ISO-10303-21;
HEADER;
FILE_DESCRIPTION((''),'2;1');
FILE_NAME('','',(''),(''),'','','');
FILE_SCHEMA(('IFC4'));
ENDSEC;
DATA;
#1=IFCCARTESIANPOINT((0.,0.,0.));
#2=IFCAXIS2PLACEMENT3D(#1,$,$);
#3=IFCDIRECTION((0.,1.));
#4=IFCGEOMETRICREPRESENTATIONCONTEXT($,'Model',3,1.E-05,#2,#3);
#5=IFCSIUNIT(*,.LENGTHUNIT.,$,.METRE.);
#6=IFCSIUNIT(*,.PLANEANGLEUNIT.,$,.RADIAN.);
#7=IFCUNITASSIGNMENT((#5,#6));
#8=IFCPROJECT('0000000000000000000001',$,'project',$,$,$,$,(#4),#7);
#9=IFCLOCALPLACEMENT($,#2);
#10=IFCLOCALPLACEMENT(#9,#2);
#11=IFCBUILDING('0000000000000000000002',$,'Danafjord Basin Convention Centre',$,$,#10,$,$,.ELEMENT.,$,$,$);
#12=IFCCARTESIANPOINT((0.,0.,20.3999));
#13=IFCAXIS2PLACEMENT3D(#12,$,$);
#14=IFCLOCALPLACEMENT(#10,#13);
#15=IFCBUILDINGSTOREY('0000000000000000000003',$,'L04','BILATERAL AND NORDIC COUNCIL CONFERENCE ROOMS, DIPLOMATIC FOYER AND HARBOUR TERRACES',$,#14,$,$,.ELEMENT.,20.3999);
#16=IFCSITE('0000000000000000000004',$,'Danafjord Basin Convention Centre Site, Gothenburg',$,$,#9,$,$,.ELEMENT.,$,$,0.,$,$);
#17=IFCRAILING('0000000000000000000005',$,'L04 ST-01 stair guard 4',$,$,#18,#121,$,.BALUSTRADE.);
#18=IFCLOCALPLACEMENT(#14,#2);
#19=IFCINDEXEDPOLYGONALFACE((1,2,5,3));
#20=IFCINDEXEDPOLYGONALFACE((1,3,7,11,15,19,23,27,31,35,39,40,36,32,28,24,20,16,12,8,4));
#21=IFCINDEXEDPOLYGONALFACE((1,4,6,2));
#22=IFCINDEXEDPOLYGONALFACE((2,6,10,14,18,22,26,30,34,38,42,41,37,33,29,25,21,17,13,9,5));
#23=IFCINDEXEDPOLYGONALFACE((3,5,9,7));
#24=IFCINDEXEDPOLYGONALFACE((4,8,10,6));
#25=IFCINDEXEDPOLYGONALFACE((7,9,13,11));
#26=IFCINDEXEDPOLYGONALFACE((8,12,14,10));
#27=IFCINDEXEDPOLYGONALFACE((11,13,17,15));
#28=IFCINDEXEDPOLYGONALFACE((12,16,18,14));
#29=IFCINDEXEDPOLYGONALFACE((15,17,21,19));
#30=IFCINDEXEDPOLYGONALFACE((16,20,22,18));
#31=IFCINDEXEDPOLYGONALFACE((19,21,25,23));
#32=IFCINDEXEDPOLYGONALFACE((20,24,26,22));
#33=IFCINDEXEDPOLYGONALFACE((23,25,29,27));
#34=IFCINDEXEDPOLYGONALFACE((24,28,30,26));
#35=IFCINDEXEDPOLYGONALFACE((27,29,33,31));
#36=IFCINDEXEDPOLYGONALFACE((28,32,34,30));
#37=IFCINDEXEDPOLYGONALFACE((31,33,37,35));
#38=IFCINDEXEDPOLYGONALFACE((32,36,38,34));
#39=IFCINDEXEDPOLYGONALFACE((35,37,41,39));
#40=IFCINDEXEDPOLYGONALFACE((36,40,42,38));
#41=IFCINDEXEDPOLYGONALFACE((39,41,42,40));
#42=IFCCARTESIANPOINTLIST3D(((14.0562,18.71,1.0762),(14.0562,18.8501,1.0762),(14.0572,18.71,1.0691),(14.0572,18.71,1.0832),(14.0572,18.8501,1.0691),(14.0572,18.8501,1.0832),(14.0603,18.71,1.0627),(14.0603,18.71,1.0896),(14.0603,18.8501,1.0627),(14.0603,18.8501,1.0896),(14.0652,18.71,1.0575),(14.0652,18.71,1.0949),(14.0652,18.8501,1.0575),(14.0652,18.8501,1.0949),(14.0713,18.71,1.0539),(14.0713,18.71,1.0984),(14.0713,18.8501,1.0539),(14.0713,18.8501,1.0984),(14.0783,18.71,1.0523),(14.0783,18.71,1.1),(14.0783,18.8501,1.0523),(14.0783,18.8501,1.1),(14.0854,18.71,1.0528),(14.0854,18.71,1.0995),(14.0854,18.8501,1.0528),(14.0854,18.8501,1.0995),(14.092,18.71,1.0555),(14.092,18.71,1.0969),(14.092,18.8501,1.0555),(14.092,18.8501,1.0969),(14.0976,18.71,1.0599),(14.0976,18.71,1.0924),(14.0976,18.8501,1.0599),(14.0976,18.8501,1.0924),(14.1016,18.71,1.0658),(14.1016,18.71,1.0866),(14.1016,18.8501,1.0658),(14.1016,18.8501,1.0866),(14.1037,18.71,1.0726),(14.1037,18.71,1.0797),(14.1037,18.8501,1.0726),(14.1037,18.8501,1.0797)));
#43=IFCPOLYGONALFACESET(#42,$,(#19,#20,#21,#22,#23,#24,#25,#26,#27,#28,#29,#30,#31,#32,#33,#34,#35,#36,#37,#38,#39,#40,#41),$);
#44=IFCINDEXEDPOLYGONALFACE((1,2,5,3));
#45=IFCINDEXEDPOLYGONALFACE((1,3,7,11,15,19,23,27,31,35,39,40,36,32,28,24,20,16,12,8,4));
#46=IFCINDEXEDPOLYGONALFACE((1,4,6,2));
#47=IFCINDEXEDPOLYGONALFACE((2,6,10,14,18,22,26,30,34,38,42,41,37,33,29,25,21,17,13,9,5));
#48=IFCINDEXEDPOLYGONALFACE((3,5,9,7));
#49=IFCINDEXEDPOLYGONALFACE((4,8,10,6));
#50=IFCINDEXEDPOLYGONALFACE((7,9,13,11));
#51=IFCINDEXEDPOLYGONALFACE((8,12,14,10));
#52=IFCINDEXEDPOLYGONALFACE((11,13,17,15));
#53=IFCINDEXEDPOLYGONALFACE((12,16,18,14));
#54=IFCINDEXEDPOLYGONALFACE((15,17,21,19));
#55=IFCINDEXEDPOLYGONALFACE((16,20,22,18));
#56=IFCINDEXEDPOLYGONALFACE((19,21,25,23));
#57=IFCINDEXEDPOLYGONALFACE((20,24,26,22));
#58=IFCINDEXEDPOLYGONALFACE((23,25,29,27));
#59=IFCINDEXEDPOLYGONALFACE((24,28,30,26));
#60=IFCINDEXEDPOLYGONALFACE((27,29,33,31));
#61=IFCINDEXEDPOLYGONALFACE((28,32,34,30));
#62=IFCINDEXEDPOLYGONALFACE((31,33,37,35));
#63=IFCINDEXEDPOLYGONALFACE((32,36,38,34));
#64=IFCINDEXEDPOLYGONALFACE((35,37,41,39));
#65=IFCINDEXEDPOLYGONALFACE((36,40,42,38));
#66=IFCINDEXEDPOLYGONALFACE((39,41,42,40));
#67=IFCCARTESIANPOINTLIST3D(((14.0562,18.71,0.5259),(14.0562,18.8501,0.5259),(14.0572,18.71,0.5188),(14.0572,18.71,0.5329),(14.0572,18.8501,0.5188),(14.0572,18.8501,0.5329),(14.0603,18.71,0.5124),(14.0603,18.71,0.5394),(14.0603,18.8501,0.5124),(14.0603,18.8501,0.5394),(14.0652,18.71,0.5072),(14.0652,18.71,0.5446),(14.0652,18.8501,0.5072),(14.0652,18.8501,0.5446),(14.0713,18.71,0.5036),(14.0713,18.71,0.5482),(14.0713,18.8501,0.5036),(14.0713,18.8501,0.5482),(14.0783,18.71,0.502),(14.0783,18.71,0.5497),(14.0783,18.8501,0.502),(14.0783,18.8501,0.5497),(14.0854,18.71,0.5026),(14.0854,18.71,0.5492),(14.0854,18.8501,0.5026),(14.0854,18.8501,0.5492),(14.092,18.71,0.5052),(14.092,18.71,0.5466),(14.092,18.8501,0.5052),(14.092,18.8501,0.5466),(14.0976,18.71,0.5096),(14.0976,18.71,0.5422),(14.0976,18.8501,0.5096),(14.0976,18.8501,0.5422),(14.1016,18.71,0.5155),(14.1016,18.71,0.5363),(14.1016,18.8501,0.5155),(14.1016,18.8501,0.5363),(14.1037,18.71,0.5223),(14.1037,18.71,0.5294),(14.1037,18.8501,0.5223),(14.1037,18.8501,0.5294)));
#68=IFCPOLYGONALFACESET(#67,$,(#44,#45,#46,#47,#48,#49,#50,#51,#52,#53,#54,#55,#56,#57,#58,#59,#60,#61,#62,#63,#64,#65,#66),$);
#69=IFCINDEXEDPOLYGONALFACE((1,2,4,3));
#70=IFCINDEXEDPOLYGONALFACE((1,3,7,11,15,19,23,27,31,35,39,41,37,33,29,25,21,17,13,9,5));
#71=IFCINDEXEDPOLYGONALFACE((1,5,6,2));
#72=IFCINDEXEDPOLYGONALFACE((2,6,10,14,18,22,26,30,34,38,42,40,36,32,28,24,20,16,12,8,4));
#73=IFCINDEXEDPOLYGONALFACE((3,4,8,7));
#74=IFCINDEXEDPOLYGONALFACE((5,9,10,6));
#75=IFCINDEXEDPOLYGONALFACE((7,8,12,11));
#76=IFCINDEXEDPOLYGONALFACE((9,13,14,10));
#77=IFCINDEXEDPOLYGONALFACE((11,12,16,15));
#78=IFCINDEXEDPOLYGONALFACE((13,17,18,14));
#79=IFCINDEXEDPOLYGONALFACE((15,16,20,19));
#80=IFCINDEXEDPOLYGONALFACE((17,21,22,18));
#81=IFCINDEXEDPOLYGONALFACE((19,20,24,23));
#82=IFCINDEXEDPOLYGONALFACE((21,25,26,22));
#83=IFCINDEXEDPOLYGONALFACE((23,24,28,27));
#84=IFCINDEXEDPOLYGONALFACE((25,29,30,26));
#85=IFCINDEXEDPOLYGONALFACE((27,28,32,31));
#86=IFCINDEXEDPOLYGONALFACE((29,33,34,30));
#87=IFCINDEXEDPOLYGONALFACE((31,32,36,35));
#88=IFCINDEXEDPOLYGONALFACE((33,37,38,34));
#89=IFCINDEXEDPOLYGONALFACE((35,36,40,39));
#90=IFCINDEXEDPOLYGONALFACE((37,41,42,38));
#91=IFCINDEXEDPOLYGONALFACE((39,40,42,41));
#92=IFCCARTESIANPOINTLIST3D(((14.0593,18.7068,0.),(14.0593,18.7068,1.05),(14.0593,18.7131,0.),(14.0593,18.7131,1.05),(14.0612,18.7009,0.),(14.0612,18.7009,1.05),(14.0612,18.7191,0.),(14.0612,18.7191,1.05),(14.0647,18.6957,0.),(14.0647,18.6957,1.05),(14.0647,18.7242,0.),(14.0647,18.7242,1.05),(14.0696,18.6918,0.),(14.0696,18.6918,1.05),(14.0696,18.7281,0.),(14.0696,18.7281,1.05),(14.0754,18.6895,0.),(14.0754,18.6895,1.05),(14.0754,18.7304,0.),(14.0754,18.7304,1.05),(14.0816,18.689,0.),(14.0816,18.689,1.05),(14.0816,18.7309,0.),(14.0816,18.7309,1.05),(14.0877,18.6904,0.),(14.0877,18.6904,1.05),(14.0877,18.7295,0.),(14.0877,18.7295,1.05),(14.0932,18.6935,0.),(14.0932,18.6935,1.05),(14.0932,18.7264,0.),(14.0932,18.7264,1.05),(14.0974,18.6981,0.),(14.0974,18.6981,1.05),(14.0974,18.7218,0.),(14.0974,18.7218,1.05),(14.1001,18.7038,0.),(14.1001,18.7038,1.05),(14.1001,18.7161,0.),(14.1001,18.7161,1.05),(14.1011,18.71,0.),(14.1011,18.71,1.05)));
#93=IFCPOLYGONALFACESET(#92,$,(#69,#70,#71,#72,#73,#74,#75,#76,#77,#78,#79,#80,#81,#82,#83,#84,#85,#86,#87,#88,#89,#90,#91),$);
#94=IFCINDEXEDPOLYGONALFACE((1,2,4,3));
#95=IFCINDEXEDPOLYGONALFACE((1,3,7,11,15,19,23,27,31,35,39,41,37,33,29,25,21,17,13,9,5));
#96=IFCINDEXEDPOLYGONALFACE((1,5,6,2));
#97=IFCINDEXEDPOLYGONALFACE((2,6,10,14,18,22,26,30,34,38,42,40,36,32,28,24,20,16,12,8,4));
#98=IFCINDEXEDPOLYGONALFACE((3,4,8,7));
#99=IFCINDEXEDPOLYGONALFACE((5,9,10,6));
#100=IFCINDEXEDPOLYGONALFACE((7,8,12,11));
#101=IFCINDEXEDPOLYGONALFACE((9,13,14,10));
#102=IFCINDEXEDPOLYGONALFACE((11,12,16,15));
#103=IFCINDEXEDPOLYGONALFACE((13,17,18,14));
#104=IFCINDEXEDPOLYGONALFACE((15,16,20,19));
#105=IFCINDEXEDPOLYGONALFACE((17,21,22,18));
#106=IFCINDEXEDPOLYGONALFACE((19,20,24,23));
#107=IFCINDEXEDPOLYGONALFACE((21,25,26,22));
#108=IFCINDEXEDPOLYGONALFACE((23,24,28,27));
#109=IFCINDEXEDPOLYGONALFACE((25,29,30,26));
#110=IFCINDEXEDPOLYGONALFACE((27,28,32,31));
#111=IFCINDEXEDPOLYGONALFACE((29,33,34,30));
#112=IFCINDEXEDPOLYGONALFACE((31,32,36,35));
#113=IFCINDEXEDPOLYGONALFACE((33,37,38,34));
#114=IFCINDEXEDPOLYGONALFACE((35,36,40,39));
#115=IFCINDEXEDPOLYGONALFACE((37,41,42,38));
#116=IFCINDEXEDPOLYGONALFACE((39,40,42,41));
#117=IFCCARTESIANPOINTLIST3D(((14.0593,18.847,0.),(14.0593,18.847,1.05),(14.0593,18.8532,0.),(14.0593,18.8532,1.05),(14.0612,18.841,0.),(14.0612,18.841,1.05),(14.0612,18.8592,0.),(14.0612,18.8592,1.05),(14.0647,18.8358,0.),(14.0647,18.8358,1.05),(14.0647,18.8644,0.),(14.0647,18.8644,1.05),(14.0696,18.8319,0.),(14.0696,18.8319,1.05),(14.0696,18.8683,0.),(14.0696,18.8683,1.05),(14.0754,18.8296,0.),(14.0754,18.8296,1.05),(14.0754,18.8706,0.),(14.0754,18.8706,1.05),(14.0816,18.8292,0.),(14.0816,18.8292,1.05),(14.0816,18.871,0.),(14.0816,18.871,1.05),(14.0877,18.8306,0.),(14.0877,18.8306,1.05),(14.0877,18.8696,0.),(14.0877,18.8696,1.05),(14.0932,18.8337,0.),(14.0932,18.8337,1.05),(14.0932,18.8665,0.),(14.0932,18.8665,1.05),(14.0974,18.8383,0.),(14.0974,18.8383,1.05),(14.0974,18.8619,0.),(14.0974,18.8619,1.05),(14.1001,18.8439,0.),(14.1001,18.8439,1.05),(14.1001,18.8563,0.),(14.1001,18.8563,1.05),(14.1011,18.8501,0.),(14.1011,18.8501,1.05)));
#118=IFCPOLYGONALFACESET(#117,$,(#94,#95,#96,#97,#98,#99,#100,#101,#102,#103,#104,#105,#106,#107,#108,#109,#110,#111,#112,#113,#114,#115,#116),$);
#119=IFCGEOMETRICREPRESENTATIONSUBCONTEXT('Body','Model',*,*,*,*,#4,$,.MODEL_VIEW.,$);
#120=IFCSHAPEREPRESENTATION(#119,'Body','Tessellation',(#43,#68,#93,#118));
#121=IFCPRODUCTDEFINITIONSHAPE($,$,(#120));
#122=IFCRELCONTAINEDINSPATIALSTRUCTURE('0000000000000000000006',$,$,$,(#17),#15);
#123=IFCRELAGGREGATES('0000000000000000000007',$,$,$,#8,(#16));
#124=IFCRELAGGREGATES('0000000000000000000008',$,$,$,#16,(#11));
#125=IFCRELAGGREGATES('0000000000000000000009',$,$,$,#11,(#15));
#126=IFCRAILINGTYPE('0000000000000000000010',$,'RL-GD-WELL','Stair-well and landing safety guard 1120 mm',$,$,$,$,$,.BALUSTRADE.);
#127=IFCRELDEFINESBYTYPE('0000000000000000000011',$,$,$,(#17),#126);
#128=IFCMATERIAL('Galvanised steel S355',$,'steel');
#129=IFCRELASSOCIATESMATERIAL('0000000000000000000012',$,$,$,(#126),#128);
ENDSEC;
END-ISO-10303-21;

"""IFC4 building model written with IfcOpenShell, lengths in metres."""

from ifc_helpers import new_model, si_unit, direction, frame, origin, origin_2d, place, context, subcontext, project, spatial, circle, extrude, material, type_object, element, save


model = new_model("IFC4")

# Units and contexts
model_context = context("Model", 3, precision=1e-05, world=origin(), true_north=direction((0.0, 1.0)))
body_context = subcontext(model_context, "Body", "Model", "MODEL_VIEW")
ifc_project = project(units=[si_unit("LENGTHUNIT", "METRE"), si_unit("PLANEANGLEUNIT", "RADIAN")], contexts=[model_context])

# Site, building, storey
site_placement = place(None, origin())
site = spatial("IfcSite", under=ifc_project, at=site_placement, Name="Danafjord Basin Convention Centre Site, Gothenburg", CompositionType="ELEMENT", RefElevation=0.0)
building_placement = place(site_placement, origin())
building = spatial("IfcBuilding", under=site, at=building_placement, Name="Danafjord Basin Convention Centre", CompositionType="ELEMENT")
storey_placement = place(building_placement, frame((0.0, 0.0, 20.3999)))
storey = spatial("IfcBuildingStorey", under=building, at=storey_placement, Name="L04", Description="BILATERAL AND NORDIC COUNCIL CONFERENCE ROOMS, DIPLOMATIC FOYER AND HARBOUR TERRACES", CompositionType="ELEMENT", Elevation=20.3999)

# Railing
ifc_material_1 = material(Name="Galvanised steel S355", Category="steel")
railing_type_1 = type_object("IfcRailingType", Name="RL-GD-WELL", Description="Stair-well and landing safety guard 1120 mm", PredefinedType="BALUSTRADE", material=ifc_material_1)
railing_1_placement = place(storey_placement, frame((14.0801, 18.71, 0.0)))
element("IfcRailing", 1, at=railing_1_placement, inside=storey, type_object=railing_type_1, Name="L04 ST-01 stair guard 4", PredefinedType="BALUSTRADE", context=body_context, shape_type="SweptSolid", body=[
    extrude(circle(Radius=0.0239, at=origin_2d()), frame((0.0, 0.0, 1.0762), z_axis=(0.0, 1.0, 0.0), x_axis=(-1.0, 0.0, 0.0)), (0.0, 0.0, 1.0), 0.1401),
    extrude(circle(Radius=0.0239, at=origin_2d()), frame((0.0, 0.0, 0.5259), z_axis=(0.0, 1.0, 0.0), x_axis=(-1.0, 0.0, 0.0)), (0.0, 0.0, 1.0), 0.1401),
    extrude(circle(Radius=0.021, at=origin_2d()), origin(), (0.0, 0.0, 1.0), 1.05),
    extrude(circle(Radius=0.021, at=origin_2d()), frame((0.0, 0.1401, 0.0)), (0.0, 0.0, 1.0), 1.05),
])

save(model, "model.ifc")
